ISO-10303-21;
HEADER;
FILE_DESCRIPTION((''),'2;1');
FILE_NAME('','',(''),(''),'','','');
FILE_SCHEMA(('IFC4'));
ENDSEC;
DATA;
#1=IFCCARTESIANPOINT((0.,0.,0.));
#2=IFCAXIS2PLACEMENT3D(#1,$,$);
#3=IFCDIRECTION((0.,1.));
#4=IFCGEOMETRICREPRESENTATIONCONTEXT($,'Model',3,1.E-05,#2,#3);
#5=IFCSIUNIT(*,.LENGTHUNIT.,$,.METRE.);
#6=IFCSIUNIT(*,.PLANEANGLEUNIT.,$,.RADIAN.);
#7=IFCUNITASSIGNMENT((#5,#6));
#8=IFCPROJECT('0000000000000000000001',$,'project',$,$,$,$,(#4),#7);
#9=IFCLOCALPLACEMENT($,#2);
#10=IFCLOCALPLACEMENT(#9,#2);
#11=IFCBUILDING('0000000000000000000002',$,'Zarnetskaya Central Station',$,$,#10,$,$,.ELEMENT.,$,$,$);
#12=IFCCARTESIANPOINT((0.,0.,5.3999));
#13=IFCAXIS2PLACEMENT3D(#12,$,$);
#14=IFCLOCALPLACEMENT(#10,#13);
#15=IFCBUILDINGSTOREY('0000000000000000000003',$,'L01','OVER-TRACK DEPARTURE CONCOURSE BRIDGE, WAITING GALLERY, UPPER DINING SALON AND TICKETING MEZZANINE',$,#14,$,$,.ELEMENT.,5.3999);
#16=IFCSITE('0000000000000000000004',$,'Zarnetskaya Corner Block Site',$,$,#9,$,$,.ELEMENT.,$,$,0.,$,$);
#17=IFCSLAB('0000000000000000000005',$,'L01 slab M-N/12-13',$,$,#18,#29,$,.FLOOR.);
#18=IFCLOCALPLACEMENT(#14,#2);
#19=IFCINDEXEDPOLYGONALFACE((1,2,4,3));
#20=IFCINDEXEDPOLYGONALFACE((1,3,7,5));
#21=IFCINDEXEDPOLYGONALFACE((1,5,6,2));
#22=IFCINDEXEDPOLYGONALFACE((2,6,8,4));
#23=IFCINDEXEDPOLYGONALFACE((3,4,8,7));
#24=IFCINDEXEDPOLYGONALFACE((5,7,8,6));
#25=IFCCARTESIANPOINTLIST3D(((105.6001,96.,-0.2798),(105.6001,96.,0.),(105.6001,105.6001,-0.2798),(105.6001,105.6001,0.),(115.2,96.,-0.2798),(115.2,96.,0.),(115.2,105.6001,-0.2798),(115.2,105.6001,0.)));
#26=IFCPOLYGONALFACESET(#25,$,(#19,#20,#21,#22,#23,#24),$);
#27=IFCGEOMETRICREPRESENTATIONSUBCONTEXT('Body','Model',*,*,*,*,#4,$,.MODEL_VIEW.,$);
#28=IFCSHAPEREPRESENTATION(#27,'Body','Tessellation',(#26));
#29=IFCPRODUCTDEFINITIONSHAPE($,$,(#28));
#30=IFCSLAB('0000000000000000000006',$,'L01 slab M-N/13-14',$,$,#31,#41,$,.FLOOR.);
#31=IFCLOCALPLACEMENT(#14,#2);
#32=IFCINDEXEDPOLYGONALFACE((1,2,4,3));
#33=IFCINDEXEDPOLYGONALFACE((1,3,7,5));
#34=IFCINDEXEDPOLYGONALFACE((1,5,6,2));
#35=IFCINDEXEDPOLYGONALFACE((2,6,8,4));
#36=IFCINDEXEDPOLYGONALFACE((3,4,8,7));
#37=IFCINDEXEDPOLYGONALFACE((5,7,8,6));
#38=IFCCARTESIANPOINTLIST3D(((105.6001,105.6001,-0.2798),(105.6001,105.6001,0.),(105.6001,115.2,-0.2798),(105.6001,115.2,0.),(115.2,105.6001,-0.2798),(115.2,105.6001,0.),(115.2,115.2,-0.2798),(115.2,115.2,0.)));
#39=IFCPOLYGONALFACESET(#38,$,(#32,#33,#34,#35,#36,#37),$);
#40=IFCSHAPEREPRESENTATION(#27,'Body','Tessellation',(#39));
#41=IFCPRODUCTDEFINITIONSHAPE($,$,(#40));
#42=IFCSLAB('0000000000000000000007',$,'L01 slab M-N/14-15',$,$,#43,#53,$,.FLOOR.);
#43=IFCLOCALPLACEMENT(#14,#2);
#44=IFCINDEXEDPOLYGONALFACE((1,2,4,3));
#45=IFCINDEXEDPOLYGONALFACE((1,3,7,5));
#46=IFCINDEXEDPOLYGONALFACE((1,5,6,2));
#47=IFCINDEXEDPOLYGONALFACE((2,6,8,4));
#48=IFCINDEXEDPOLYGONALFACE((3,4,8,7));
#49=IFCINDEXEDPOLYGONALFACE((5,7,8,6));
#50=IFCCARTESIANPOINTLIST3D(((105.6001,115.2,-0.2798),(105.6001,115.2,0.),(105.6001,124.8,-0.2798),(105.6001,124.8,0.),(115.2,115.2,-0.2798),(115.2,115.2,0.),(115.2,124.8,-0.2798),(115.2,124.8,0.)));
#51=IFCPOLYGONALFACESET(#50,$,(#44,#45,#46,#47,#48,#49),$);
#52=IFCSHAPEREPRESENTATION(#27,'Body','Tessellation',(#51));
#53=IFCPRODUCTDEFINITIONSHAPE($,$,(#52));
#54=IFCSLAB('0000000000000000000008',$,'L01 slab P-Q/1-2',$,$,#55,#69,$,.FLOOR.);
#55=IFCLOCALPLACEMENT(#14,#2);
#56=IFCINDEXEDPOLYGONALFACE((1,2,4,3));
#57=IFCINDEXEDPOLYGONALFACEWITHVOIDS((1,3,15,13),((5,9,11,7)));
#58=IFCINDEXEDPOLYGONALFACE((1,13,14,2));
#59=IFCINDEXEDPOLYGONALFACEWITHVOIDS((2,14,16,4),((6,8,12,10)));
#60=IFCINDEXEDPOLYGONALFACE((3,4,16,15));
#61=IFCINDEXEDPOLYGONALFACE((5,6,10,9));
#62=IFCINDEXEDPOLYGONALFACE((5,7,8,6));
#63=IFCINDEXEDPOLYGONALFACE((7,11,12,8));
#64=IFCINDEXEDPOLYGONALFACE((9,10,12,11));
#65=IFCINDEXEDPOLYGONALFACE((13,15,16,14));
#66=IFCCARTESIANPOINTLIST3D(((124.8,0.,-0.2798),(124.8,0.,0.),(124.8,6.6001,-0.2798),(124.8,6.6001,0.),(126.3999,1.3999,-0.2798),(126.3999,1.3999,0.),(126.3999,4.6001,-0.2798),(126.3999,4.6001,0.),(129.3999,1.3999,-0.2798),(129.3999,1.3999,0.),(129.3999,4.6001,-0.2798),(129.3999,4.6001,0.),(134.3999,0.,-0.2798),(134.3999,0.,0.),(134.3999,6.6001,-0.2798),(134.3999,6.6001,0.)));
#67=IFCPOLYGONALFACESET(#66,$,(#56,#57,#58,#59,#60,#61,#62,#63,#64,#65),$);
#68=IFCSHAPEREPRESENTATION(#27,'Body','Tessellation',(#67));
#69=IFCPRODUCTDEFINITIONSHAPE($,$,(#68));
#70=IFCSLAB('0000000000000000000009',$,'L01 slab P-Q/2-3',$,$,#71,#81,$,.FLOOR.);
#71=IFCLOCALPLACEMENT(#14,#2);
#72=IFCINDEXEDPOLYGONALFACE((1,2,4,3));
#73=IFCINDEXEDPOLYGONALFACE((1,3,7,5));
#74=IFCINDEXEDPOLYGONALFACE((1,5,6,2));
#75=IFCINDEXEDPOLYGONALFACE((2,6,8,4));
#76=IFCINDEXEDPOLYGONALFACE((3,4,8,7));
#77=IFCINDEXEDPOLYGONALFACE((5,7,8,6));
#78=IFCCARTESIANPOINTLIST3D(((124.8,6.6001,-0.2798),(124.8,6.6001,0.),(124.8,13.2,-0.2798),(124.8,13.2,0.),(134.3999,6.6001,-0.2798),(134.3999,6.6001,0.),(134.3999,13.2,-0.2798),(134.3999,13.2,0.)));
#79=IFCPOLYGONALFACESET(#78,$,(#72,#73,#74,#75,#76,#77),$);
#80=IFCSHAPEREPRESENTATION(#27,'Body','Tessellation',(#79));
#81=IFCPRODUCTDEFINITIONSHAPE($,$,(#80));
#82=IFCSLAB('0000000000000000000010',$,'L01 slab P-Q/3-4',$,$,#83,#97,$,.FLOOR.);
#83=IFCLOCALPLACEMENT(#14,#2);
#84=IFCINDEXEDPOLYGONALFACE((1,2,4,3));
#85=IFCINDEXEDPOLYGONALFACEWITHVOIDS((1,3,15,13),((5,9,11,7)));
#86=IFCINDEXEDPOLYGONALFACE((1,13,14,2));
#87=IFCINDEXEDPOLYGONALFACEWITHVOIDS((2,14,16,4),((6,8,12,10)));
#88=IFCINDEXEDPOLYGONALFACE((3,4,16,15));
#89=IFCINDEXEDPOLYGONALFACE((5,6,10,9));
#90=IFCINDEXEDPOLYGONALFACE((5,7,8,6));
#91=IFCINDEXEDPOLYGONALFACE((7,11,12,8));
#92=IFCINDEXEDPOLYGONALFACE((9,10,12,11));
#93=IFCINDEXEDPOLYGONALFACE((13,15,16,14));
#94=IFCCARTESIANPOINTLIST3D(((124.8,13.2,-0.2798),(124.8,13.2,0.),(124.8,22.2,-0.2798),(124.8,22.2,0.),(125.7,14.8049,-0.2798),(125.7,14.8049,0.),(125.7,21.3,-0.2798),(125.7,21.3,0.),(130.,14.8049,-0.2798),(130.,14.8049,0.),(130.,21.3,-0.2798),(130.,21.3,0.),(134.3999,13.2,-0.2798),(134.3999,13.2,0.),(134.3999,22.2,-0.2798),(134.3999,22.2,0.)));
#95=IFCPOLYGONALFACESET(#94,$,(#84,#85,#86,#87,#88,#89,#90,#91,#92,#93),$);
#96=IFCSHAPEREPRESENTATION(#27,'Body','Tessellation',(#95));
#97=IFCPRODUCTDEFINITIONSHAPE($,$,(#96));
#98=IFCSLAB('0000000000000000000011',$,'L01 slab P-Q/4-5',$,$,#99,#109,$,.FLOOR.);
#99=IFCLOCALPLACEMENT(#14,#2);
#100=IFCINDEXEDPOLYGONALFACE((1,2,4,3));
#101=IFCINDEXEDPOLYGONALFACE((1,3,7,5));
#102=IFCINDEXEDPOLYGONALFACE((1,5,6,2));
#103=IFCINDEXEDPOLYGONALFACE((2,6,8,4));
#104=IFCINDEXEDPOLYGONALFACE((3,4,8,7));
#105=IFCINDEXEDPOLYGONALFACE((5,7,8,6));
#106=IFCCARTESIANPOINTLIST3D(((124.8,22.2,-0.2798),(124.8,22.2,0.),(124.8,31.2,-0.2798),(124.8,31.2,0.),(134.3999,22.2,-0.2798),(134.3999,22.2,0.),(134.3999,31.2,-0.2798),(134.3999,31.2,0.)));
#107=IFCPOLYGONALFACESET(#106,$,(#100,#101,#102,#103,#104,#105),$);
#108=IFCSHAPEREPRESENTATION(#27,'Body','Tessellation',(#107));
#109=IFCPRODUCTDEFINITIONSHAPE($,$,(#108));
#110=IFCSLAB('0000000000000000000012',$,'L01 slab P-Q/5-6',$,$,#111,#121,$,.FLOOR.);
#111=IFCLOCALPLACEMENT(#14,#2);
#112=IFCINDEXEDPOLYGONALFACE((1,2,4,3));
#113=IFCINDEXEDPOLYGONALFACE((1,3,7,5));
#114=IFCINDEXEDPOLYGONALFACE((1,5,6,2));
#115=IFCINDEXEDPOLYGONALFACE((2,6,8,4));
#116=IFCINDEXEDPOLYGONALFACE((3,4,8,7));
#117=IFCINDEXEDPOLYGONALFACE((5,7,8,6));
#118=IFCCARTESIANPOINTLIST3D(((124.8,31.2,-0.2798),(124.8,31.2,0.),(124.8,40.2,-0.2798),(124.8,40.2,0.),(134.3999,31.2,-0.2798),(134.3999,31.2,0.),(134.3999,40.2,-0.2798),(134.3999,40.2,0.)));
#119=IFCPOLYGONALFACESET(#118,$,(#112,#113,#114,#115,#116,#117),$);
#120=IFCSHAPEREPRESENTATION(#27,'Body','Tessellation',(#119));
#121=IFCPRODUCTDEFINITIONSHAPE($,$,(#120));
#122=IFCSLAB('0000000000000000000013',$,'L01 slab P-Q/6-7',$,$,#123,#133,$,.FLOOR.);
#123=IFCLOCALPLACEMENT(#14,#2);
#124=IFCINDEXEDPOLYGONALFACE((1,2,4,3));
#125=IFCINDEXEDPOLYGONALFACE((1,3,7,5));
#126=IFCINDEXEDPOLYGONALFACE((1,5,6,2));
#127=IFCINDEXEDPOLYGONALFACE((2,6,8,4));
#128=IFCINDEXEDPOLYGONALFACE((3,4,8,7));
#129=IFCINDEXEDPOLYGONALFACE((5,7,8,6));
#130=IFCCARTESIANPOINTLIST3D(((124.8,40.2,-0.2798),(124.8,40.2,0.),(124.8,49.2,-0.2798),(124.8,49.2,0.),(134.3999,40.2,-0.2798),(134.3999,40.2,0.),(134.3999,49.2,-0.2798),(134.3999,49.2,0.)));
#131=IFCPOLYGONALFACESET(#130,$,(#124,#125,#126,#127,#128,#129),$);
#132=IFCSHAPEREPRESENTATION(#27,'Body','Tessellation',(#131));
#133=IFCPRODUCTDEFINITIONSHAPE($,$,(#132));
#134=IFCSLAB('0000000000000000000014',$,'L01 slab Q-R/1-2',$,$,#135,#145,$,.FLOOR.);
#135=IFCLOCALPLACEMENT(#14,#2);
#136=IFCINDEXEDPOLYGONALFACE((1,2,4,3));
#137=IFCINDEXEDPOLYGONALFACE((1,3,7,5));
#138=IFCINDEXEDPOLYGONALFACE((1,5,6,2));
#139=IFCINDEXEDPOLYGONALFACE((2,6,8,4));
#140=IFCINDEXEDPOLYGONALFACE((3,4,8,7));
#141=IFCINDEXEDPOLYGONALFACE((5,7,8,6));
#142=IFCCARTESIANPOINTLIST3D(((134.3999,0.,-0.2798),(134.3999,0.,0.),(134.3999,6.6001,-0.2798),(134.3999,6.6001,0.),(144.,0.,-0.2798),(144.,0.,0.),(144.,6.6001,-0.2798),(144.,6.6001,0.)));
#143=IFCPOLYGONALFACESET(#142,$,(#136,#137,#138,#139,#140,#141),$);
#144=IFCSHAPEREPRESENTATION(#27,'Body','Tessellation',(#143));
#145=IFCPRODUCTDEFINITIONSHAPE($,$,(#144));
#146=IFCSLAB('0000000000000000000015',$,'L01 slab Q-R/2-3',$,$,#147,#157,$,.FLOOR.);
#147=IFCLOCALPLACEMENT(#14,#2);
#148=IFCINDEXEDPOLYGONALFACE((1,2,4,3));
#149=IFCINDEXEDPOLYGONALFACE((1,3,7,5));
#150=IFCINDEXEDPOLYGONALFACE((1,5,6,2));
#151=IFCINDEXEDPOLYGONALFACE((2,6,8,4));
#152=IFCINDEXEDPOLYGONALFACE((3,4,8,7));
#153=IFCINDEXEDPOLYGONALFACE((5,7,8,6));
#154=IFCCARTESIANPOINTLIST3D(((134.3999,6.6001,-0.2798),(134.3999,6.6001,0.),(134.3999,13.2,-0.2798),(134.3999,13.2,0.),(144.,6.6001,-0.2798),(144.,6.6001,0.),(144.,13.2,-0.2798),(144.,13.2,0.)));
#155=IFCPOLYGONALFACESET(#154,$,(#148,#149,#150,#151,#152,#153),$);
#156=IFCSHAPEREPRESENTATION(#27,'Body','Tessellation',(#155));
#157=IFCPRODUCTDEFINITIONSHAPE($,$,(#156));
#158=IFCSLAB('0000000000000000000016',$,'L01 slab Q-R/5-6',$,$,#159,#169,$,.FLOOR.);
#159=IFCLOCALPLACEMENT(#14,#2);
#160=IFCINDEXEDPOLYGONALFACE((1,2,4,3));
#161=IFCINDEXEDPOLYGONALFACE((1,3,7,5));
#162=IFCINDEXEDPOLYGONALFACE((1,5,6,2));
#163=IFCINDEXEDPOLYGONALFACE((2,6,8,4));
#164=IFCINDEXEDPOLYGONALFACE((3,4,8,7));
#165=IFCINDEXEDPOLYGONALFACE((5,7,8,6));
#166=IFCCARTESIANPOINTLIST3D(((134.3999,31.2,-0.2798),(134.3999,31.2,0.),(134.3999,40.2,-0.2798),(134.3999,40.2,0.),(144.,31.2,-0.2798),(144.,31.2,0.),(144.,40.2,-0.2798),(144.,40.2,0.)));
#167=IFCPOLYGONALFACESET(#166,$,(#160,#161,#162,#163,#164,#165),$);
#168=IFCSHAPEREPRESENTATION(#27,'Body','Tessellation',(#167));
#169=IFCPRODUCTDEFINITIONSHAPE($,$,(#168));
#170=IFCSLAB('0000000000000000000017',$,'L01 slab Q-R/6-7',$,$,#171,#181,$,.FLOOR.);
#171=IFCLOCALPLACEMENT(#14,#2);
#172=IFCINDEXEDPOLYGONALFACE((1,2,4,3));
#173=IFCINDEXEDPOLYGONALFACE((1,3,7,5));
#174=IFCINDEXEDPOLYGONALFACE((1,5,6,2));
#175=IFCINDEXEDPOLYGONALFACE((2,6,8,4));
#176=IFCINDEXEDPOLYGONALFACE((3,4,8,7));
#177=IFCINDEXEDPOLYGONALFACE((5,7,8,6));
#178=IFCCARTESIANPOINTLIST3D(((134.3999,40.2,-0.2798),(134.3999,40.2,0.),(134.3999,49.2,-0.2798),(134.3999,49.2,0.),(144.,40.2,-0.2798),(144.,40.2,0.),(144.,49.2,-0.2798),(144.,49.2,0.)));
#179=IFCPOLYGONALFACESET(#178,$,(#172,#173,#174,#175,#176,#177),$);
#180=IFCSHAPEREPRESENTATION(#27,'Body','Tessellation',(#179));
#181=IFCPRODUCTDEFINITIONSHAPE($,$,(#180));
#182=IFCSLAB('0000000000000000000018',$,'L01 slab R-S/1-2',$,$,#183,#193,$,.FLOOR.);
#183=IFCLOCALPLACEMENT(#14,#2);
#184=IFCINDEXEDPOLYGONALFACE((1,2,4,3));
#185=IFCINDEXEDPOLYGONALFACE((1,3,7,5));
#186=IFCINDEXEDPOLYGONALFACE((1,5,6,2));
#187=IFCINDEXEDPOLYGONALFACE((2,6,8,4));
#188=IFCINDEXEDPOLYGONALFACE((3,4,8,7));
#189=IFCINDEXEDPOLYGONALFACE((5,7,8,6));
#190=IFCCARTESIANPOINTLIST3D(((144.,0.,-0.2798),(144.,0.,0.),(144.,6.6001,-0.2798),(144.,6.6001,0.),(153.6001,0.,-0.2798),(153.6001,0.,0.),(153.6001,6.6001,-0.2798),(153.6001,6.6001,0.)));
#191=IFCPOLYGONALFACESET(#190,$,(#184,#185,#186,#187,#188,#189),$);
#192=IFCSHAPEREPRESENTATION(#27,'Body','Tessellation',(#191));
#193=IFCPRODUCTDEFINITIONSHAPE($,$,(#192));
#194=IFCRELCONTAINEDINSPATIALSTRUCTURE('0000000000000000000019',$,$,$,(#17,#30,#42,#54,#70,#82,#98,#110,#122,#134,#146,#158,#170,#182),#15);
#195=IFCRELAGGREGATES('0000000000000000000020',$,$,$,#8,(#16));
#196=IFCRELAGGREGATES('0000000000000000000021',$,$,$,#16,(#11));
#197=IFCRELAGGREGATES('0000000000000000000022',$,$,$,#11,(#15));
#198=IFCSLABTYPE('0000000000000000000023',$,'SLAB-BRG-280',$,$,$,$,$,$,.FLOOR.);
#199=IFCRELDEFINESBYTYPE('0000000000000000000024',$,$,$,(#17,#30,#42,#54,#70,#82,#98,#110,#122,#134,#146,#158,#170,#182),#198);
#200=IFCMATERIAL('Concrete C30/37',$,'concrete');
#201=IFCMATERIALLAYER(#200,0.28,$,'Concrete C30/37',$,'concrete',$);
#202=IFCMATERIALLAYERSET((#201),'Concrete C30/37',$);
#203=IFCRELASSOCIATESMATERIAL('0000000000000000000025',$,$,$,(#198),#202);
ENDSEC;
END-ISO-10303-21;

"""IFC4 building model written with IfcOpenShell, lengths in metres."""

from ifc_helpers import new_model, si_unit, direction, frame, origin, place, context, subcontext, project, spatial, polyline, outline, extrude, material, layer, layer_set, type_object, element, save


model = new_model("IFC4")

# Units and contexts
model_context = context("Model", 3, precision=1e-05, world=origin(), true_north=direction((0.0, 1.0)))
body_context = subcontext(model_context, "Body", "Model", "MODEL_VIEW")
ifc_project = project(units=[si_unit("LENGTHUNIT", "METRE"), si_unit("PLANEANGLEUNIT", "RADIAN")], contexts=[model_context])

# Site, building, storey
site_placement = place(None, origin())
site = spatial("IfcSite", under=ifc_project, at=site_placement, Name="Zarnetskaya Corner Block Site", CompositionType="ELEMENT", RefElevation=0.0)
building_placement = place(site_placement, origin())
building = spatial("IfcBuilding", under=site, at=building_placement, Name="Zarnetskaya Central Station", CompositionType="ELEMENT")
storey_placement = place(building_placement, frame((0.0, 0.0, 5.3999)))
storey = spatial("IfcBuildingStorey", under=building, at=storey_placement, Name="L01", Description="OVER-TRACK DEPARTURE CONCOURSE BRIDGE, WAITING GALLERY, UPPER DINING SALON AND TICKETING MEZZANINE", CompositionType="ELEMENT", Elevation=5.3999)

# Slabs
ifc_material = material(Name="Concrete C30/37", Category="concrete")
ifc_layer_1 = layer(ifc_material, 0.28, Name="Concrete C30/37", Category="concrete")
ifc_layer_set_1 = layer_set([ifc_layer_1], Name="Concrete C30/37")
slab_type_1 = type_object("IfcSlabType", Name="SLAB-BRG-280", PredefinedType="FLOOR", material=ifc_layer_set_1)
slab_1_placement = place(storey_placement, frame((0.0, 0.0, -0.2798)))
element("IfcSlab", 1, at=slab_1_placement, inside=storey, type_object=slab_type_1, Name="L01 slab M-N/12-13", PredefinedType="FLOOR", context=body_context, shape_type="SweptSolid", body=[
    extrude(outline(polyline([(105.6001, 96.0), (115.2, 96.0), (115.2, 105.6001), (105.6001, 105.6001), (105.6001, 96.0)])), origin(), (0.0, 0.0, 1.0), 0.2798),
])
slab_2_placement = place(storey_placement, frame((0.0, 0.0, -0.2798)))
element("IfcSlab", 2, at=slab_2_placement, inside=storey, type_object=slab_type_1, Name="L01 slab M-N/13-14", PredefinedType="FLOOR", context=body_context, shape_type="SweptSolid", body=[
    extrude(outline(polyline([(105.6001, 105.6001), (115.2, 105.6001), (115.2, 115.2), (105.6001, 115.2), (105.6001, 105.6001)])), origin(), (0.0, 0.0, 1.0), 0.2798),
])
slab_3_placement = place(storey_placement, frame((0.0, 0.0, -0.2798)))
element("IfcSlab", 3, at=slab_3_placement, inside=storey, type_object=slab_type_1, Name="L01 slab M-N/14-15", PredefinedType="FLOOR", context=body_context, shape_type="SweptSolid", body=[
    extrude(outline(polyline([(105.6001, 115.2), (115.2, 115.2), (115.2, 124.8), (105.6001, 124.8), (105.6001, 115.2)])), origin(), (0.0, 0.0, 1.0), 0.2798),
])
slab_4_placement = place(storey_placement, frame((0.0, 0.0, -0.2798)))
element("IfcSlab", 4, at=slab_4_placement, inside=storey, type_object=slab_type_1, Name="L01 slab P-Q/1-2", PredefinedType="FLOOR", context=body_context, shape_type="SweptSolid", body=[
    extrude(outline(polyline([(124.8, 0.0), (134.3999, 0.0), (134.3999, 6.6001), (124.8, 6.6001), (124.8, 0.0)]), holes=[polyline([(126.3999, 1.3999), (129.3999, 1.3999), (129.3999, 4.6001), (126.3999, 4.6001), (126.3999, 1.3999)])]), origin(), (0.0, 0.0, 1.0), 0.2798),
])
slab_5_placement = place(storey_placement, frame((0.0, 0.0, -0.2798)))
element("IfcSlab", 5, at=slab_5_placement, inside=storey, type_object=slab_type_1, Name="L01 slab P-Q/2-3", PredefinedType="FLOOR", context=body_context, shape_type="SweptSolid", body=[
    extrude(outline(polyline([(124.8, 6.6001), (134.3999, 6.6001), (134.3999, 13.2), (124.8, 13.2), (124.8, 6.6001)])), origin(), (0.0, 0.0, 1.0), 0.2798),
])
slab_6_placement = place(storey_placement, frame((0.0, 0.0, -0.2798)))
element("IfcSlab", 6, at=slab_6_placement, inside=storey, type_object=slab_type_1, Name="L01 slab P-Q/3-4", PredefinedType="FLOOR", context=body_context, shape_type="SweptSolid", body=[
    extrude(outline(polyline([(124.8, 13.2), (134.3999, 13.2), (134.3999, 22.2), (124.8, 22.2), (124.8, 13.2)]), holes=[polyline([(125.7, 14.8049), (130.0, 14.8049), (130.0, 21.3), (125.7, 21.3), (125.7, 14.8049)])]), origin(), (0.0, 0.0, 1.0), 0.2798),
])
slab_7_placement = place(storey_placement, frame((0.0, 0.0, -0.2798)))
element("IfcSlab", 7, at=slab_7_placement, inside=storey, type_object=slab_type_1, Name="L01 slab P-Q/4-5", PredefinedType="FLOOR", context=body_context, shape_type="SweptSolid", body=[
    extrude(outline(polyline([(124.8, 22.2), (134.3999, 22.2), (134.3999, 31.2), (124.8, 31.2), (124.8, 22.2)])), origin(), (0.0, 0.0, 1.0), 0.2798),
])
slab_8_placement = place(storey_placement, frame((0.0, 0.0, -0.2798)))
element("IfcSlab", 8, at=slab_8_placement, inside=storey, type_object=slab_type_1, Name="L01 slab P-Q/5-6", PredefinedType="FLOOR", context=body_context, shape_type="SweptSolid", body=[
    extrude(outline(polyline([(124.8, 31.2), (134.3999, 31.2), (134.3999, 40.2), (124.8, 40.2), (124.8, 31.2)])), origin(), (0.0, 0.0, 1.0), 0.2798),
])
slab_9_placement = place(storey_placement, frame((0.0, 0.0, -0.2798)))
element("IfcSlab", 9, at=slab_9_placement, inside=storey, type_object=slab_type_1, Name="L01 slab P-Q/6-7", PredefinedType="FLOOR", context=body_context, shape_type="SweptSolid", body=[
    extrude(outline(polyline([(124.8, 40.2), (134.3999, 40.2), (134.3999, 49.2), (124.8, 49.2), (124.8, 40.2)])), origin(), (0.0, 0.0, 1.0), 0.2798),
])
slab_10_placement = place(storey_placement, frame((0.0, 0.0, -0.2798)))
element("IfcSlab", 10, at=slab_10_placement, inside=storey, type_object=slab_type_1, Name="L01 slab Q-R/1-2", PredefinedType="FLOOR", context=body_context, shape_type="SweptSolid", body=[
    extrude(outline(polyline([(134.3999, 0.0), (144.0, 0.0), (144.0, 6.6001), (134.3999, 6.6001), (134.3999, 0.0)])), origin(), (0.0, 0.0, 1.0), 0.2798),
])
slab_11_placement = place(storey_placement, frame((0.0, 0.0, -0.2798)))
element("IfcSlab", 11, at=slab_11_placement, inside=storey, type_object=slab_type_1, Name="L01 slab Q-R/2-3", PredefinedType="FLOOR", context=body_context, shape_type="SweptSolid", body=[
    extrude(outline(polyline([(134.3999, 6.6001), (144.0, 6.6001), (144.0, 13.2), (134.3999, 13.2), (134.3999, 6.6001)])), origin(), (0.0, 0.0, 1.0), 0.2798),
])
slab_12_placement = place(storey_placement, frame((0.0, 0.0, -0.2798)))
element("IfcSlab", 12, at=slab_12_placement, inside=storey, type_object=slab_type_1, Name="L01 slab Q-R/5-6", PredefinedType="FLOOR", context=body_context, shape_type="SweptSolid", body=[
    extrude(outline(polyline([(134.3999, 31.2), (144.0, 31.2), (144.0, 40.2), (134.3999, 40.2), (134.3999, 31.2)])), origin(), (0.0, 0.0, 1.0), 0.2798),
])
slab_13_placement = place(storey_placement, frame((0.0, 0.0, -0.2798)))
element("IfcSlab", 13, at=slab_13_placement, inside=storey, type_object=slab_type_1, Name="L01 slab Q-R/6-7", PredefinedType="FLOOR", context=body_context, shape_type="SweptSolid", body=[
    extrude(outline(polyline([(134.3999, 40.2), (144.0, 40.2), (144.0, 49.2), (134.3999, 49.2), (134.3999, 40.2)])), origin(), (0.0, 0.0, 1.0), 0.2798),
])
slab_14_placement = place(storey_placement, frame((0.0, 0.0, -0.2798)))
element("IfcSlab", 14, at=slab_14_placement, inside=storey, type_object=slab_type_1, Name="L01 slab R-S/1-2", PredefinedType="FLOOR", context=body_context, shape_type="SweptSolid", body=[
    extrude(outline(polyline([(144.0, 0.0), (153.6001, 0.0), (153.6001, 6.6001), (144.0, 6.6001), (144.0, 0.0)])), origin(), (0.0, 0.0, 1.0), 0.2798),
])

save(model, "model.ifc")
